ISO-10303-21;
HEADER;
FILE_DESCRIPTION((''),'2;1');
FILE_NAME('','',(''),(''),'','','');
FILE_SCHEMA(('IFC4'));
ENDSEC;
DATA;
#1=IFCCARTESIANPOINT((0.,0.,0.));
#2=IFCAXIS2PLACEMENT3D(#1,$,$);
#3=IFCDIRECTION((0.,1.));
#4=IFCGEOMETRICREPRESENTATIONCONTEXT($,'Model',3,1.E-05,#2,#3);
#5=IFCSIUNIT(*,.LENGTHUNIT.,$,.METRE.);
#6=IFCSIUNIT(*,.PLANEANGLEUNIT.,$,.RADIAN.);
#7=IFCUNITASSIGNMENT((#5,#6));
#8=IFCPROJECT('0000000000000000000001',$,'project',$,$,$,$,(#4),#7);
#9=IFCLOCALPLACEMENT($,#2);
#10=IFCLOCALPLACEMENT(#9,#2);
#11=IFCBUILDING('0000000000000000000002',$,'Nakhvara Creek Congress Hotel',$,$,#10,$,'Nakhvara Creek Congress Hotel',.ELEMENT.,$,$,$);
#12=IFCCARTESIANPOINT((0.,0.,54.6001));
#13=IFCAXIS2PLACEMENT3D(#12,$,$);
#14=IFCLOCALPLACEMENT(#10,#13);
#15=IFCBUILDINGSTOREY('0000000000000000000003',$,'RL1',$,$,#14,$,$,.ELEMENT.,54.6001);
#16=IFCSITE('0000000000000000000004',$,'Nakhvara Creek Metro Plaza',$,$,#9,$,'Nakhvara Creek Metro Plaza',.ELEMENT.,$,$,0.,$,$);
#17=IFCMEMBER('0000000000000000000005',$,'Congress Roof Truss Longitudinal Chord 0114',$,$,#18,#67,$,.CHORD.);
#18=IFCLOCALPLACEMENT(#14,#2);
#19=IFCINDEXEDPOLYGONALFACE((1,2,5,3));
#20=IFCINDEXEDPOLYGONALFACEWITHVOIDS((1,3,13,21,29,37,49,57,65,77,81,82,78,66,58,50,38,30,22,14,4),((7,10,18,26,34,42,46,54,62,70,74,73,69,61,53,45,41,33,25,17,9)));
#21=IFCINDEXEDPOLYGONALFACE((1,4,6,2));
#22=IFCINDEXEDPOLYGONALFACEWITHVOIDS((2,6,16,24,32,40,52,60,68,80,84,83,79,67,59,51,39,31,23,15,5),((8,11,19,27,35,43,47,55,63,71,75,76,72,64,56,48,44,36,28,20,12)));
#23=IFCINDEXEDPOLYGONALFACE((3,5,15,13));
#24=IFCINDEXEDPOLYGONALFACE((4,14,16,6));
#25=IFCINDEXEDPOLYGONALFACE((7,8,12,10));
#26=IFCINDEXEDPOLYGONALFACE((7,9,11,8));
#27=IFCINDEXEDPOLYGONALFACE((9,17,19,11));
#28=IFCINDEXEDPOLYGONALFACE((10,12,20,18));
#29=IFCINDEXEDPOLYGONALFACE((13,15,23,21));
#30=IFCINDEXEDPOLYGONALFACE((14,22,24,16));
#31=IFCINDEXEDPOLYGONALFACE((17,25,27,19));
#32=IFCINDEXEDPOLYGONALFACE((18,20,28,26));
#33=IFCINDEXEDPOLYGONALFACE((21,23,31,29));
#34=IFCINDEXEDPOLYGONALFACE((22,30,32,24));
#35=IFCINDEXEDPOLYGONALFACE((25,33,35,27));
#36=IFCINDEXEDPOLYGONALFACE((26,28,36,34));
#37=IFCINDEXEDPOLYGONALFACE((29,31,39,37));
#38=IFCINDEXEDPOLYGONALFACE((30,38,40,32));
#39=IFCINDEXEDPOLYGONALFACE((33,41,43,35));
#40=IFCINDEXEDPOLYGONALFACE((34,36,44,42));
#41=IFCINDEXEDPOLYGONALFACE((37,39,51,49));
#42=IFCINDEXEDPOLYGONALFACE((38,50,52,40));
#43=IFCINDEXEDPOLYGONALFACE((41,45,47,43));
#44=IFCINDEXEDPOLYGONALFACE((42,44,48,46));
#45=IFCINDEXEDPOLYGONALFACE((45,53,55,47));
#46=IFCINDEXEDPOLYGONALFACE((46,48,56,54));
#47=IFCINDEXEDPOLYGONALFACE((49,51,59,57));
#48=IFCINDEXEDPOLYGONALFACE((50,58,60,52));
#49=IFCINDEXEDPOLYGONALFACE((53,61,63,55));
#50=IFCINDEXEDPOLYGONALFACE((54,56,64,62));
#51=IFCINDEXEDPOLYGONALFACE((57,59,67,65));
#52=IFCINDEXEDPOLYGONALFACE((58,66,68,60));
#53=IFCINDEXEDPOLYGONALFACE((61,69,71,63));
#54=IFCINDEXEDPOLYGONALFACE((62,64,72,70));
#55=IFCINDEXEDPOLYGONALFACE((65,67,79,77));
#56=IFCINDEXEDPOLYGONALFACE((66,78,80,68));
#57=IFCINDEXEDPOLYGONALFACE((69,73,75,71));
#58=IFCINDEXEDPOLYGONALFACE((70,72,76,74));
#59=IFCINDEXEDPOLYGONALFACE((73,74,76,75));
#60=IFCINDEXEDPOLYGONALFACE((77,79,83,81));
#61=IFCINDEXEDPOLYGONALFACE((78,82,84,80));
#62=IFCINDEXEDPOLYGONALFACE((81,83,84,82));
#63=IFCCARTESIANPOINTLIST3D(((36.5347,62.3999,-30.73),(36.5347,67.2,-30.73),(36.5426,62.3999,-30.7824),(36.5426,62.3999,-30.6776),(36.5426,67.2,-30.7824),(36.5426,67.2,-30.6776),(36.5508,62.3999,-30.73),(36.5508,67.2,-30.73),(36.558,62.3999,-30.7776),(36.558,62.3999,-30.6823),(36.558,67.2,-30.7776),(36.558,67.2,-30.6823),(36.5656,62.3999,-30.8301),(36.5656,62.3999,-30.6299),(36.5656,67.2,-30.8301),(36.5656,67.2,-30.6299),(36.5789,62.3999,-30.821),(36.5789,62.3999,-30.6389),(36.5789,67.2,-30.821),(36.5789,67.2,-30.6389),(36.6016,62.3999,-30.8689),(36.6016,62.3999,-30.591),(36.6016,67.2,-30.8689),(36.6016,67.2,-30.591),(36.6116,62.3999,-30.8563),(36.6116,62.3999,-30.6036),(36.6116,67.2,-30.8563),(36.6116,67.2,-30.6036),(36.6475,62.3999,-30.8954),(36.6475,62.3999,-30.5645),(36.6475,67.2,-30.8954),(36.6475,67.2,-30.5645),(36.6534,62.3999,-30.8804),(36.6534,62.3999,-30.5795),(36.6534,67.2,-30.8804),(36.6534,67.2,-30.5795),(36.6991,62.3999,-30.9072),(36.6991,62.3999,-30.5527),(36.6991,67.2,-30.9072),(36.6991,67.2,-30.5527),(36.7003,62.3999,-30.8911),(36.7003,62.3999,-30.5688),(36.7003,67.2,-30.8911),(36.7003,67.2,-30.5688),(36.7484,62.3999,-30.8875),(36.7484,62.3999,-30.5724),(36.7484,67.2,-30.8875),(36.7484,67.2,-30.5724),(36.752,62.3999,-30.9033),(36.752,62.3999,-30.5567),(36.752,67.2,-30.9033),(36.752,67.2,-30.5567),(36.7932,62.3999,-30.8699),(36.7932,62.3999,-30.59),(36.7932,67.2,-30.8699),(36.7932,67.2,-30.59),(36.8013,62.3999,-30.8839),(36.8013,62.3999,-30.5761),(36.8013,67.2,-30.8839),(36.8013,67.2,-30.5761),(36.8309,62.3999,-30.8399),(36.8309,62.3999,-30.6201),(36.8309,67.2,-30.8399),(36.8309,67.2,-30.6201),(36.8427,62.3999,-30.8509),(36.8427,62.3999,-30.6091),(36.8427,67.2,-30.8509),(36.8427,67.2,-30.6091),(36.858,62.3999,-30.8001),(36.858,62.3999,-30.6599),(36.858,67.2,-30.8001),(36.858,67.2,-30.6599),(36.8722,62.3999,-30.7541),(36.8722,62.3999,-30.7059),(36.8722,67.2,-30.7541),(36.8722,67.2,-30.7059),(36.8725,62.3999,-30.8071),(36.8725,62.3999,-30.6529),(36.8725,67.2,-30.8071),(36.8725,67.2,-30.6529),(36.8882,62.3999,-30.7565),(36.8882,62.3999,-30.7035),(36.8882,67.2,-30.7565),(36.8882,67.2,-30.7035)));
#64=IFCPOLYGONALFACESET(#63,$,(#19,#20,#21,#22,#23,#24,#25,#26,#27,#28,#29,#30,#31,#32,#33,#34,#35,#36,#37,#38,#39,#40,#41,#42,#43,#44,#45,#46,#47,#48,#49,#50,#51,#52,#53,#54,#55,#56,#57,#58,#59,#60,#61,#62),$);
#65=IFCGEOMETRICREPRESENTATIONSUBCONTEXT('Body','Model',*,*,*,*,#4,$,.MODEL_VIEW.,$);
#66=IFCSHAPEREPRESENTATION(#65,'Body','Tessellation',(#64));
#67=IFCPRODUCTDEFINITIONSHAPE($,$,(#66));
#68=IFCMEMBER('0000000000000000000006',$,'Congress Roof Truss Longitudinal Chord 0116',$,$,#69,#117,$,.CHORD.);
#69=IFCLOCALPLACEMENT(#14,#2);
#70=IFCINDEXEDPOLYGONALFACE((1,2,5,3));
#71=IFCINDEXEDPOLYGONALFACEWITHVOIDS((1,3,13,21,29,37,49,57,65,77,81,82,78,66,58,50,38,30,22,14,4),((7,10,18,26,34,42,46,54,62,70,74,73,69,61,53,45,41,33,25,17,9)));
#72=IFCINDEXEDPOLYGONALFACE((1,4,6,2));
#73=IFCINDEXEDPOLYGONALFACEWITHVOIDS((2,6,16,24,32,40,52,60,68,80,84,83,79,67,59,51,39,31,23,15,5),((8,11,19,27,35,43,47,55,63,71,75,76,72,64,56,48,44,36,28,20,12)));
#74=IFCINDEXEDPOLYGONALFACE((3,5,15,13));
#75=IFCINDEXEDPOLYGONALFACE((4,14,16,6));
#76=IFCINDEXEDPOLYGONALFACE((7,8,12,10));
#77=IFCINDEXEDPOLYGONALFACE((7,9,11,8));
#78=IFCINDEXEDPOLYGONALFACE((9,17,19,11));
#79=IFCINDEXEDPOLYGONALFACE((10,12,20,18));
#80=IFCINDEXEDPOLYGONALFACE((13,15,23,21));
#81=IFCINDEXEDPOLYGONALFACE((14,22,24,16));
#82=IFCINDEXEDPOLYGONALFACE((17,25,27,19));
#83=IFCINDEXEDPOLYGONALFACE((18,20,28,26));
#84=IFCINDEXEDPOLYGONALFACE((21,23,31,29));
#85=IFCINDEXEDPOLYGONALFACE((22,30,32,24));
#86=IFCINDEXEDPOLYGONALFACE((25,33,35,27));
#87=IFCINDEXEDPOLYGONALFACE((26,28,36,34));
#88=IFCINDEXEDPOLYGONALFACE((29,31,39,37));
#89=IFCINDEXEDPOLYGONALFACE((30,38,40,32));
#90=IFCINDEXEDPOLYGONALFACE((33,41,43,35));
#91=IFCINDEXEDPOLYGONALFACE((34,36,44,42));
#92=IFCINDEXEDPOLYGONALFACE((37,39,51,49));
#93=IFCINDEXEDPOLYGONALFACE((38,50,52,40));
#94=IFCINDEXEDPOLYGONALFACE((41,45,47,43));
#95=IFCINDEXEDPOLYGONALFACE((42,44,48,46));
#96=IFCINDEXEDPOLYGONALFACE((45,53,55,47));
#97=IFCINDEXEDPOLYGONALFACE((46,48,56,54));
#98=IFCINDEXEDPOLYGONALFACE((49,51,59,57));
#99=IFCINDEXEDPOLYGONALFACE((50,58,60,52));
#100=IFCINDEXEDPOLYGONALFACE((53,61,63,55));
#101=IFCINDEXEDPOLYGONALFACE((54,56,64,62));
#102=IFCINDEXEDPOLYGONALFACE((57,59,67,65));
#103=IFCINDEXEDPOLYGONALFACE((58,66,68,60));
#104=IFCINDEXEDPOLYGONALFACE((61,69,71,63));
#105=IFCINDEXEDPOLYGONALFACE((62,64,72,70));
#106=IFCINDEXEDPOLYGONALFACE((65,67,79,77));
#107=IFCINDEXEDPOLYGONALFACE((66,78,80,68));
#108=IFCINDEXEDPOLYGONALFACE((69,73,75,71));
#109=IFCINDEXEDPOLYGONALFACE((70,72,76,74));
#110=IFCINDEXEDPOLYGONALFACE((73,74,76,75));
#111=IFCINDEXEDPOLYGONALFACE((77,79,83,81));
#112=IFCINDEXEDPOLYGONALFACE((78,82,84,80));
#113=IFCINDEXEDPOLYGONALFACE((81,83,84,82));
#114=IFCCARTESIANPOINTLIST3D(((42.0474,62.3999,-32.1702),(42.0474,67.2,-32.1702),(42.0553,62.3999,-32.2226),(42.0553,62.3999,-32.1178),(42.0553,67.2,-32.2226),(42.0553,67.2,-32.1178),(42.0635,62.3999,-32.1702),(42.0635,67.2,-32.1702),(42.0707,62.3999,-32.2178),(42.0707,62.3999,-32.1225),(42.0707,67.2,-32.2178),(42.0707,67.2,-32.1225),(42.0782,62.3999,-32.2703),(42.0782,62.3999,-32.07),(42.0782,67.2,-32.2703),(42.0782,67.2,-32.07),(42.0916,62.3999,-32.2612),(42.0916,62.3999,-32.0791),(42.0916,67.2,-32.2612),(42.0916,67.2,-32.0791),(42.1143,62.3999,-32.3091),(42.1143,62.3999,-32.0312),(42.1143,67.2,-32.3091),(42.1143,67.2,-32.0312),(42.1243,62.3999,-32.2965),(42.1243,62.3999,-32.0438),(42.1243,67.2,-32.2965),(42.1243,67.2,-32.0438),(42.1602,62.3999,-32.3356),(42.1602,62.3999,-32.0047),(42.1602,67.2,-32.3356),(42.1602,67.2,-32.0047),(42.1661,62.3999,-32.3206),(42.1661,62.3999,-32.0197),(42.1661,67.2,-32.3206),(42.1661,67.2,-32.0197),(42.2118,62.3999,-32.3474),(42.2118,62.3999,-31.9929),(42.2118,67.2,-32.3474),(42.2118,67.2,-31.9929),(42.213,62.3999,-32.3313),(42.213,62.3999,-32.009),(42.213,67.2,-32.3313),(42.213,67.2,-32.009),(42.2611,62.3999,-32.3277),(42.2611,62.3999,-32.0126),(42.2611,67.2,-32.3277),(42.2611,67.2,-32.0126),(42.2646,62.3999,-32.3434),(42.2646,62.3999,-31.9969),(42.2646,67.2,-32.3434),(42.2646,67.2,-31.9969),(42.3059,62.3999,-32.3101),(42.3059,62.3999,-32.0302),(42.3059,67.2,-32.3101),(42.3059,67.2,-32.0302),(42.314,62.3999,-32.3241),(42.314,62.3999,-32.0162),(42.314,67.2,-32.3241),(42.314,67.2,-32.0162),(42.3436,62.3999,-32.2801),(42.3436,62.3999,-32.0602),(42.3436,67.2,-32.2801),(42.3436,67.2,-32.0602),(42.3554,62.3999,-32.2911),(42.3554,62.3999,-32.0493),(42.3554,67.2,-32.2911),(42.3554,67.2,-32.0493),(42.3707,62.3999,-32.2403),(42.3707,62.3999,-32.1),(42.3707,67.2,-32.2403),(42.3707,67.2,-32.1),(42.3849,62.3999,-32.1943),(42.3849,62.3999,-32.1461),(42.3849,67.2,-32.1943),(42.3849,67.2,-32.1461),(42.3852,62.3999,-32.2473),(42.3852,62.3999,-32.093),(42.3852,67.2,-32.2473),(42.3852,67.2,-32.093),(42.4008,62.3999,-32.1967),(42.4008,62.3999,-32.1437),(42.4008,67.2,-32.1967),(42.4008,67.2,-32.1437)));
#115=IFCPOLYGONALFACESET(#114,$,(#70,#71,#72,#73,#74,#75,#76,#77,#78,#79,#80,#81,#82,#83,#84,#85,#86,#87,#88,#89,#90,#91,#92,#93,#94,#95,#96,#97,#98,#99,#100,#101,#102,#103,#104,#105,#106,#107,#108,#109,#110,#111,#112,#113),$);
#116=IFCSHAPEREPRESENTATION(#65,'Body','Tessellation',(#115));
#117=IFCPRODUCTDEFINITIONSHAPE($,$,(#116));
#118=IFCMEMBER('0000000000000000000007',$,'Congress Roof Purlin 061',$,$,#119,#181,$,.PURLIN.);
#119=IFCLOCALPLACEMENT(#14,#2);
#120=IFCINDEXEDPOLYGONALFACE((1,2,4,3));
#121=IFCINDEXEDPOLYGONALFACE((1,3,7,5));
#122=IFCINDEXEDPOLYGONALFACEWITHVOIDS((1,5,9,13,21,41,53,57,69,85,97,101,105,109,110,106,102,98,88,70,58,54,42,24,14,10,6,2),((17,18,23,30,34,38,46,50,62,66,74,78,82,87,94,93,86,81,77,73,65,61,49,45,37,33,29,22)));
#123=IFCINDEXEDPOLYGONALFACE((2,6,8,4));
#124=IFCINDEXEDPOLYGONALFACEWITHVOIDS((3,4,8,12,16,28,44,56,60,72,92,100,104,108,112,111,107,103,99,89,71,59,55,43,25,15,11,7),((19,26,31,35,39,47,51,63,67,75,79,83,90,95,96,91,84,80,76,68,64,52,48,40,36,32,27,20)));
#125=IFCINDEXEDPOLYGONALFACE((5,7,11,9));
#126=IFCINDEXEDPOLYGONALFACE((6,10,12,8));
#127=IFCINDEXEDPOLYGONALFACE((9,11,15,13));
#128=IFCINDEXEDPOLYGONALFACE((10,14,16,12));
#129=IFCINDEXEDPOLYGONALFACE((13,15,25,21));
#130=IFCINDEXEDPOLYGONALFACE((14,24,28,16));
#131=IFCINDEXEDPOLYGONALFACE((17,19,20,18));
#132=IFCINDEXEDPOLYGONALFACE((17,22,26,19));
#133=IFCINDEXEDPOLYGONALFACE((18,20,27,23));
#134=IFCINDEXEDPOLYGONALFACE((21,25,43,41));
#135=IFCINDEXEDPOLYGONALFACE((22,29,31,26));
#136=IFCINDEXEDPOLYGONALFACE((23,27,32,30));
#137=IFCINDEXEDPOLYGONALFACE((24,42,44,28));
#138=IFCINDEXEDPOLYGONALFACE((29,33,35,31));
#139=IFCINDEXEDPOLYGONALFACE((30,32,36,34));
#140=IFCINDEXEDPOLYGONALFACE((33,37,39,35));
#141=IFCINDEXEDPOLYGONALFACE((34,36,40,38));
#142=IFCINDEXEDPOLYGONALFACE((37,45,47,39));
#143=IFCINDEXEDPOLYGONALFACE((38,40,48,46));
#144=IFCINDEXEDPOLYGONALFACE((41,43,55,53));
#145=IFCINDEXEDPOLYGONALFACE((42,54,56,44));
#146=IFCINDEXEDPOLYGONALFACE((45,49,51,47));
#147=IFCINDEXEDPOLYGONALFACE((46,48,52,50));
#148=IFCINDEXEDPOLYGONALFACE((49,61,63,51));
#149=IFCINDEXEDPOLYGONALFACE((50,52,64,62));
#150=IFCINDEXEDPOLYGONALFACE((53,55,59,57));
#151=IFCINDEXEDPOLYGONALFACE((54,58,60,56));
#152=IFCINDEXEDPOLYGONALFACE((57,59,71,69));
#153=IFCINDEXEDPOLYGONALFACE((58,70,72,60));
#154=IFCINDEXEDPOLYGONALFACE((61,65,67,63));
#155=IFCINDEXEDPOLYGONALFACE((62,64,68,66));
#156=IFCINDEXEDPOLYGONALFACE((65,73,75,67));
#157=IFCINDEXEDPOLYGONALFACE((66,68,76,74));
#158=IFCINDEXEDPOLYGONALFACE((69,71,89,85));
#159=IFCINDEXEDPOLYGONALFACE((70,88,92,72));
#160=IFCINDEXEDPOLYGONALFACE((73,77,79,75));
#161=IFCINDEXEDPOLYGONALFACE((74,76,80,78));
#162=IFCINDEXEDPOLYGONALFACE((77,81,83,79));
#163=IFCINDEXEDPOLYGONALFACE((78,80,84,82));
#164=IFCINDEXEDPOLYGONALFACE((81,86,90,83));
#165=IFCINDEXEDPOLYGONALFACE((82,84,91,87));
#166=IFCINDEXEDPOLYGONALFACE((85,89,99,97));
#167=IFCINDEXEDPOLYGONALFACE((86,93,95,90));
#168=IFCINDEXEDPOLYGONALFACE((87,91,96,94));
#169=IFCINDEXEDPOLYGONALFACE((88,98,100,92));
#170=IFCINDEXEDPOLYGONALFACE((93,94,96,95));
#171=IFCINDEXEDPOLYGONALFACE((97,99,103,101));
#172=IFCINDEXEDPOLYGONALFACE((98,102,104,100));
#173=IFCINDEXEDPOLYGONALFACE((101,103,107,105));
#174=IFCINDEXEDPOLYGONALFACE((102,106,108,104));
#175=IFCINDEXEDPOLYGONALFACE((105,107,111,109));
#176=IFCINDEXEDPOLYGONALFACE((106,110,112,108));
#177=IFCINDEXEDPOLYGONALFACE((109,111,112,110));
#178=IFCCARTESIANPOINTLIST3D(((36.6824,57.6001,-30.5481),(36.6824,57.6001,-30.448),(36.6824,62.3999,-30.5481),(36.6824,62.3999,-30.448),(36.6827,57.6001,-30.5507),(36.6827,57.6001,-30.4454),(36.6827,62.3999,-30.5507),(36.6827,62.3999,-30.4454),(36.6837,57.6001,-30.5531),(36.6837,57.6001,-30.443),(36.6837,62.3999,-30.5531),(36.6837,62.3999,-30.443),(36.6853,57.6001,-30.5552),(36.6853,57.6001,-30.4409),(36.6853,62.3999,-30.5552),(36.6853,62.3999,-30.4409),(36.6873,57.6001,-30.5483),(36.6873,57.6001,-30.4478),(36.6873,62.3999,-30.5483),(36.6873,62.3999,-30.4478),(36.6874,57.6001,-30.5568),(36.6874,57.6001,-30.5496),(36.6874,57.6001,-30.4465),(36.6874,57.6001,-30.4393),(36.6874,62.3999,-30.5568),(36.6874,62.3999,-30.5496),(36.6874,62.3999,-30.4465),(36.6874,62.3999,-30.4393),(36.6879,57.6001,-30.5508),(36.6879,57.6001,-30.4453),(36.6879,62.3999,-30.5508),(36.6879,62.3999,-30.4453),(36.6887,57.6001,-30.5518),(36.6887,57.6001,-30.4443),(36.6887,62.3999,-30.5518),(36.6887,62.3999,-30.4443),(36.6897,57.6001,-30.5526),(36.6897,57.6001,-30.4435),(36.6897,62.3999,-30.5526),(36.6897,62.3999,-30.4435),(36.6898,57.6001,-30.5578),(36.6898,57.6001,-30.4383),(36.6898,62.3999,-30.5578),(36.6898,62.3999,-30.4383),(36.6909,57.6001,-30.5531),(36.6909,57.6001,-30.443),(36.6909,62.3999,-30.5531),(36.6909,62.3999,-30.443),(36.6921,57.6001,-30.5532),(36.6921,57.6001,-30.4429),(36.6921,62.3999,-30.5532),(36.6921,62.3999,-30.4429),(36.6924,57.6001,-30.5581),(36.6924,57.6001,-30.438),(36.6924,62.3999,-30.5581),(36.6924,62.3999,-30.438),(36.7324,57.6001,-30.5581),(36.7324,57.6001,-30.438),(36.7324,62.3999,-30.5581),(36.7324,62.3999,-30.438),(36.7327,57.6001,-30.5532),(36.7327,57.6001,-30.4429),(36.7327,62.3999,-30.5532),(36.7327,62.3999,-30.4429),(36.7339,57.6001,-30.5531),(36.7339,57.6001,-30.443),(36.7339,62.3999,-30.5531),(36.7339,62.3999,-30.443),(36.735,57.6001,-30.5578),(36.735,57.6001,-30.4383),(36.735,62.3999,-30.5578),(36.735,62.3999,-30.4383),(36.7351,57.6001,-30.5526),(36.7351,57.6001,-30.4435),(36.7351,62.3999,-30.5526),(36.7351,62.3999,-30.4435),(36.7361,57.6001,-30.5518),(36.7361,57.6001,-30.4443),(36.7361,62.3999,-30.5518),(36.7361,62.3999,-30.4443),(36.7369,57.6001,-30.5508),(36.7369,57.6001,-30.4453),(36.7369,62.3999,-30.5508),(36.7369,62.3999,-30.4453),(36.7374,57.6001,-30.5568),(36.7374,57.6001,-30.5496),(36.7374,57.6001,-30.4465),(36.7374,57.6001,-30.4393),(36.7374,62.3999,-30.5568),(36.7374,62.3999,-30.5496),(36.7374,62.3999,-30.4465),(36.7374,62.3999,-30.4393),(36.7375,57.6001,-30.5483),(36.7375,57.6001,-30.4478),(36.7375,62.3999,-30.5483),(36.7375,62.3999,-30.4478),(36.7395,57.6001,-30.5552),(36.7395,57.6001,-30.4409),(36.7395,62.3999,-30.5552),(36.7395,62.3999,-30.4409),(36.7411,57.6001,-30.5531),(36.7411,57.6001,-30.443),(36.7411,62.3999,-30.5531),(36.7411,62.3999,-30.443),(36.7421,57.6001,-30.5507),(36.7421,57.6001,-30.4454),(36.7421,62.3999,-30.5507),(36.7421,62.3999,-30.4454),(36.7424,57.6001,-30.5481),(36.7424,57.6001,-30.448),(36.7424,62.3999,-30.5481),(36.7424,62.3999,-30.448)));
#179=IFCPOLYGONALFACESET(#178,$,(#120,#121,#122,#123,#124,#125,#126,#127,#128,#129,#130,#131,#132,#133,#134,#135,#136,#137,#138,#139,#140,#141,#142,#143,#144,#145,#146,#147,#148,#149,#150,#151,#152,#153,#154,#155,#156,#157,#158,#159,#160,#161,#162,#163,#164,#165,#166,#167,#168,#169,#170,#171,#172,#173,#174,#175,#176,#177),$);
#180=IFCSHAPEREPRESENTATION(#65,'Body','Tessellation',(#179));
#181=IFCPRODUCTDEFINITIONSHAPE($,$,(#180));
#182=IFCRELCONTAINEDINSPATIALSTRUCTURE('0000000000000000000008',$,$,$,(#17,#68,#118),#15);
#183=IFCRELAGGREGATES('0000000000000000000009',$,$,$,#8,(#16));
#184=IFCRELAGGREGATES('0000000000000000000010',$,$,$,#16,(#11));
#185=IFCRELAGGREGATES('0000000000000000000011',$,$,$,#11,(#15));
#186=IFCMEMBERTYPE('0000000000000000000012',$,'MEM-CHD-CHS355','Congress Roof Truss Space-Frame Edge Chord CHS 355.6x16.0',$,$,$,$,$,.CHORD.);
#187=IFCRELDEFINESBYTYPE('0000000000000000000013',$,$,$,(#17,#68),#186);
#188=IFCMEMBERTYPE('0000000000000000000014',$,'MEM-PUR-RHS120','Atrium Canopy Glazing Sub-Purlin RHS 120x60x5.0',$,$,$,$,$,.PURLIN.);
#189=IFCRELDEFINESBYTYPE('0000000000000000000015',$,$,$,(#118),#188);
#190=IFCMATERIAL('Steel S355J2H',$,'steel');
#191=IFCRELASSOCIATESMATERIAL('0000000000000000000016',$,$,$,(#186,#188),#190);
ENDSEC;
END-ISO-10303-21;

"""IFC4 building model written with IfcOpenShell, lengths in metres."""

from ifc_helpers import new_model, si_unit, direction, frame, origin, origin_2d, place, context, subcontext, project, spatial, hollow_rectangle, hollow_circle, extrude, material, material_profile, profile_set, type_object, element, save


model = new_model("IFC4")

# Units and contexts
model_context = context("Model", 3, precision=1e-05, world=origin(), true_north=direction((0.0, 1.0)))
body_context = subcontext(model_context, "Body", "Model", "MODEL_VIEW")
ifc_project = project(units=[si_unit("LENGTHUNIT", "METRE"), si_unit("PLANEANGLEUNIT", "RADIAN")], contexts=[model_context])

# Site, building, storey
site_placement = place(None, origin())
site = spatial("IfcSite", under=ifc_project, at=site_placement, Name="Nakhvara Creek Metro Plaza", LongName="Nakhvara Creek Metro Plaza", CompositionType="ELEMENT", RefElevation=0.0)
building_placement = place(site_placement, origin())
building = spatial("IfcBuilding", under=site, at=building_placement, Name="Nakhvara Creek Congress Hotel", LongName="Nakhvara Creek Congress Hotel", CompositionType="ELEMENT")
storey_placement = place(building_placement, frame((0.0, 0.0, 54.6001)))
storey = spatial("IfcBuildingStorey", under=building, at=storey_placement, Name="RL1", CompositionType="ELEMENT", Elevation=54.6001)

# Members
ifc_material_1 = material(Name="Steel S355J2H", Category="steel")
ifc_material_profile_1 = material_profile(ifc_material_1, hollow_circle(Radius=0.1777, WallThickness=0.0161, at=origin_2d()), Name="CHS 355.6x16.0", Category="LoadBearing")
ifc_profile_set_1 = profile_set([ifc_material_profile_1], Name="Steel S355J2H")
member_type_1 = type_object("IfcMemberType", Name="MEM-CHD-CHS355", Description="Congress Roof Truss Space-Frame Edge Chord CHS 355.6x16.0", PredefinedType="CHORD", material=ifc_profile_set_1)
for number, where, z_axis, x_axis, name in (
    (1, (36.7124, 62.3999, -30.73), (0.0, 1.0, 0.0), (-1.0, 0.0, 0.0), "Congress Roof Truss Longitudinal Chord 0114"),
    (2, (42.2251, 62.3999, -32.1702), (0.0, 1.0, 0.0), (-1.0, 0.0, 0.0), "Congress Roof Truss Longitudinal Chord 0116"),
):
    element("IfcMember", number, at=place(storey_placement, frame(where, z_axis=z_axis, x_axis=x_axis)), inside=storey, type_object=member_type_1, Name=name, PredefinedType="CHORD", context=body_context, shape_type="SweptSolid", body=[
        extrude(hollow_circle(Radius=0.1777, WallThickness=0.0161, at=origin_2d()), origin(), (0.0, 0.0, 1.0), 4.8),
    ])
ifc_material_profile_2 = material_profile(ifc_material_1, hollow_rectangle(XDim=0.0601, YDim=0.1201, WallThickness=0.0049, InnerFilletRadius=0.0049, OuterFilletRadius=0.01, at=origin_2d()), Name="RHS 120x60x5.0", Category="LoadBearing")
ifc_profile_set_2 = profile_set([ifc_material_profile_2], Name="Steel S355J2H")
member_type_2 = type_object("IfcMemberType", Name="MEM-PUR-RHS120", Description="Atrium Canopy Glazing Sub-Purlin RHS 120x60x5.0", PredefinedType="PURLIN", material=ifc_profile_set_2)
member_1_placement = place(storey_placement, frame((36.7124, 57.6001, -30.498), z_axis=(0.0, 1.0, 0.0), x_axis=(-1.0, 0.0, 0.0)))
element("IfcMember", 3, at=member_1_placement, inside=storey, type_object=member_type_2, Name="Congress Roof Purlin 061", PredefinedType="PURLIN", context=body_context, shape_type="SweptSolid", body=[
    extrude(hollow_rectangle(XDim=0.0601, YDim=0.1201, WallThickness=0.0049, InnerFilletRadius=0.0049, OuterFilletRadius=0.01, at=origin_2d()), origin(), (0.0, 0.0, 1.0), 4.7998),
])

save(model, "model.ifc")
